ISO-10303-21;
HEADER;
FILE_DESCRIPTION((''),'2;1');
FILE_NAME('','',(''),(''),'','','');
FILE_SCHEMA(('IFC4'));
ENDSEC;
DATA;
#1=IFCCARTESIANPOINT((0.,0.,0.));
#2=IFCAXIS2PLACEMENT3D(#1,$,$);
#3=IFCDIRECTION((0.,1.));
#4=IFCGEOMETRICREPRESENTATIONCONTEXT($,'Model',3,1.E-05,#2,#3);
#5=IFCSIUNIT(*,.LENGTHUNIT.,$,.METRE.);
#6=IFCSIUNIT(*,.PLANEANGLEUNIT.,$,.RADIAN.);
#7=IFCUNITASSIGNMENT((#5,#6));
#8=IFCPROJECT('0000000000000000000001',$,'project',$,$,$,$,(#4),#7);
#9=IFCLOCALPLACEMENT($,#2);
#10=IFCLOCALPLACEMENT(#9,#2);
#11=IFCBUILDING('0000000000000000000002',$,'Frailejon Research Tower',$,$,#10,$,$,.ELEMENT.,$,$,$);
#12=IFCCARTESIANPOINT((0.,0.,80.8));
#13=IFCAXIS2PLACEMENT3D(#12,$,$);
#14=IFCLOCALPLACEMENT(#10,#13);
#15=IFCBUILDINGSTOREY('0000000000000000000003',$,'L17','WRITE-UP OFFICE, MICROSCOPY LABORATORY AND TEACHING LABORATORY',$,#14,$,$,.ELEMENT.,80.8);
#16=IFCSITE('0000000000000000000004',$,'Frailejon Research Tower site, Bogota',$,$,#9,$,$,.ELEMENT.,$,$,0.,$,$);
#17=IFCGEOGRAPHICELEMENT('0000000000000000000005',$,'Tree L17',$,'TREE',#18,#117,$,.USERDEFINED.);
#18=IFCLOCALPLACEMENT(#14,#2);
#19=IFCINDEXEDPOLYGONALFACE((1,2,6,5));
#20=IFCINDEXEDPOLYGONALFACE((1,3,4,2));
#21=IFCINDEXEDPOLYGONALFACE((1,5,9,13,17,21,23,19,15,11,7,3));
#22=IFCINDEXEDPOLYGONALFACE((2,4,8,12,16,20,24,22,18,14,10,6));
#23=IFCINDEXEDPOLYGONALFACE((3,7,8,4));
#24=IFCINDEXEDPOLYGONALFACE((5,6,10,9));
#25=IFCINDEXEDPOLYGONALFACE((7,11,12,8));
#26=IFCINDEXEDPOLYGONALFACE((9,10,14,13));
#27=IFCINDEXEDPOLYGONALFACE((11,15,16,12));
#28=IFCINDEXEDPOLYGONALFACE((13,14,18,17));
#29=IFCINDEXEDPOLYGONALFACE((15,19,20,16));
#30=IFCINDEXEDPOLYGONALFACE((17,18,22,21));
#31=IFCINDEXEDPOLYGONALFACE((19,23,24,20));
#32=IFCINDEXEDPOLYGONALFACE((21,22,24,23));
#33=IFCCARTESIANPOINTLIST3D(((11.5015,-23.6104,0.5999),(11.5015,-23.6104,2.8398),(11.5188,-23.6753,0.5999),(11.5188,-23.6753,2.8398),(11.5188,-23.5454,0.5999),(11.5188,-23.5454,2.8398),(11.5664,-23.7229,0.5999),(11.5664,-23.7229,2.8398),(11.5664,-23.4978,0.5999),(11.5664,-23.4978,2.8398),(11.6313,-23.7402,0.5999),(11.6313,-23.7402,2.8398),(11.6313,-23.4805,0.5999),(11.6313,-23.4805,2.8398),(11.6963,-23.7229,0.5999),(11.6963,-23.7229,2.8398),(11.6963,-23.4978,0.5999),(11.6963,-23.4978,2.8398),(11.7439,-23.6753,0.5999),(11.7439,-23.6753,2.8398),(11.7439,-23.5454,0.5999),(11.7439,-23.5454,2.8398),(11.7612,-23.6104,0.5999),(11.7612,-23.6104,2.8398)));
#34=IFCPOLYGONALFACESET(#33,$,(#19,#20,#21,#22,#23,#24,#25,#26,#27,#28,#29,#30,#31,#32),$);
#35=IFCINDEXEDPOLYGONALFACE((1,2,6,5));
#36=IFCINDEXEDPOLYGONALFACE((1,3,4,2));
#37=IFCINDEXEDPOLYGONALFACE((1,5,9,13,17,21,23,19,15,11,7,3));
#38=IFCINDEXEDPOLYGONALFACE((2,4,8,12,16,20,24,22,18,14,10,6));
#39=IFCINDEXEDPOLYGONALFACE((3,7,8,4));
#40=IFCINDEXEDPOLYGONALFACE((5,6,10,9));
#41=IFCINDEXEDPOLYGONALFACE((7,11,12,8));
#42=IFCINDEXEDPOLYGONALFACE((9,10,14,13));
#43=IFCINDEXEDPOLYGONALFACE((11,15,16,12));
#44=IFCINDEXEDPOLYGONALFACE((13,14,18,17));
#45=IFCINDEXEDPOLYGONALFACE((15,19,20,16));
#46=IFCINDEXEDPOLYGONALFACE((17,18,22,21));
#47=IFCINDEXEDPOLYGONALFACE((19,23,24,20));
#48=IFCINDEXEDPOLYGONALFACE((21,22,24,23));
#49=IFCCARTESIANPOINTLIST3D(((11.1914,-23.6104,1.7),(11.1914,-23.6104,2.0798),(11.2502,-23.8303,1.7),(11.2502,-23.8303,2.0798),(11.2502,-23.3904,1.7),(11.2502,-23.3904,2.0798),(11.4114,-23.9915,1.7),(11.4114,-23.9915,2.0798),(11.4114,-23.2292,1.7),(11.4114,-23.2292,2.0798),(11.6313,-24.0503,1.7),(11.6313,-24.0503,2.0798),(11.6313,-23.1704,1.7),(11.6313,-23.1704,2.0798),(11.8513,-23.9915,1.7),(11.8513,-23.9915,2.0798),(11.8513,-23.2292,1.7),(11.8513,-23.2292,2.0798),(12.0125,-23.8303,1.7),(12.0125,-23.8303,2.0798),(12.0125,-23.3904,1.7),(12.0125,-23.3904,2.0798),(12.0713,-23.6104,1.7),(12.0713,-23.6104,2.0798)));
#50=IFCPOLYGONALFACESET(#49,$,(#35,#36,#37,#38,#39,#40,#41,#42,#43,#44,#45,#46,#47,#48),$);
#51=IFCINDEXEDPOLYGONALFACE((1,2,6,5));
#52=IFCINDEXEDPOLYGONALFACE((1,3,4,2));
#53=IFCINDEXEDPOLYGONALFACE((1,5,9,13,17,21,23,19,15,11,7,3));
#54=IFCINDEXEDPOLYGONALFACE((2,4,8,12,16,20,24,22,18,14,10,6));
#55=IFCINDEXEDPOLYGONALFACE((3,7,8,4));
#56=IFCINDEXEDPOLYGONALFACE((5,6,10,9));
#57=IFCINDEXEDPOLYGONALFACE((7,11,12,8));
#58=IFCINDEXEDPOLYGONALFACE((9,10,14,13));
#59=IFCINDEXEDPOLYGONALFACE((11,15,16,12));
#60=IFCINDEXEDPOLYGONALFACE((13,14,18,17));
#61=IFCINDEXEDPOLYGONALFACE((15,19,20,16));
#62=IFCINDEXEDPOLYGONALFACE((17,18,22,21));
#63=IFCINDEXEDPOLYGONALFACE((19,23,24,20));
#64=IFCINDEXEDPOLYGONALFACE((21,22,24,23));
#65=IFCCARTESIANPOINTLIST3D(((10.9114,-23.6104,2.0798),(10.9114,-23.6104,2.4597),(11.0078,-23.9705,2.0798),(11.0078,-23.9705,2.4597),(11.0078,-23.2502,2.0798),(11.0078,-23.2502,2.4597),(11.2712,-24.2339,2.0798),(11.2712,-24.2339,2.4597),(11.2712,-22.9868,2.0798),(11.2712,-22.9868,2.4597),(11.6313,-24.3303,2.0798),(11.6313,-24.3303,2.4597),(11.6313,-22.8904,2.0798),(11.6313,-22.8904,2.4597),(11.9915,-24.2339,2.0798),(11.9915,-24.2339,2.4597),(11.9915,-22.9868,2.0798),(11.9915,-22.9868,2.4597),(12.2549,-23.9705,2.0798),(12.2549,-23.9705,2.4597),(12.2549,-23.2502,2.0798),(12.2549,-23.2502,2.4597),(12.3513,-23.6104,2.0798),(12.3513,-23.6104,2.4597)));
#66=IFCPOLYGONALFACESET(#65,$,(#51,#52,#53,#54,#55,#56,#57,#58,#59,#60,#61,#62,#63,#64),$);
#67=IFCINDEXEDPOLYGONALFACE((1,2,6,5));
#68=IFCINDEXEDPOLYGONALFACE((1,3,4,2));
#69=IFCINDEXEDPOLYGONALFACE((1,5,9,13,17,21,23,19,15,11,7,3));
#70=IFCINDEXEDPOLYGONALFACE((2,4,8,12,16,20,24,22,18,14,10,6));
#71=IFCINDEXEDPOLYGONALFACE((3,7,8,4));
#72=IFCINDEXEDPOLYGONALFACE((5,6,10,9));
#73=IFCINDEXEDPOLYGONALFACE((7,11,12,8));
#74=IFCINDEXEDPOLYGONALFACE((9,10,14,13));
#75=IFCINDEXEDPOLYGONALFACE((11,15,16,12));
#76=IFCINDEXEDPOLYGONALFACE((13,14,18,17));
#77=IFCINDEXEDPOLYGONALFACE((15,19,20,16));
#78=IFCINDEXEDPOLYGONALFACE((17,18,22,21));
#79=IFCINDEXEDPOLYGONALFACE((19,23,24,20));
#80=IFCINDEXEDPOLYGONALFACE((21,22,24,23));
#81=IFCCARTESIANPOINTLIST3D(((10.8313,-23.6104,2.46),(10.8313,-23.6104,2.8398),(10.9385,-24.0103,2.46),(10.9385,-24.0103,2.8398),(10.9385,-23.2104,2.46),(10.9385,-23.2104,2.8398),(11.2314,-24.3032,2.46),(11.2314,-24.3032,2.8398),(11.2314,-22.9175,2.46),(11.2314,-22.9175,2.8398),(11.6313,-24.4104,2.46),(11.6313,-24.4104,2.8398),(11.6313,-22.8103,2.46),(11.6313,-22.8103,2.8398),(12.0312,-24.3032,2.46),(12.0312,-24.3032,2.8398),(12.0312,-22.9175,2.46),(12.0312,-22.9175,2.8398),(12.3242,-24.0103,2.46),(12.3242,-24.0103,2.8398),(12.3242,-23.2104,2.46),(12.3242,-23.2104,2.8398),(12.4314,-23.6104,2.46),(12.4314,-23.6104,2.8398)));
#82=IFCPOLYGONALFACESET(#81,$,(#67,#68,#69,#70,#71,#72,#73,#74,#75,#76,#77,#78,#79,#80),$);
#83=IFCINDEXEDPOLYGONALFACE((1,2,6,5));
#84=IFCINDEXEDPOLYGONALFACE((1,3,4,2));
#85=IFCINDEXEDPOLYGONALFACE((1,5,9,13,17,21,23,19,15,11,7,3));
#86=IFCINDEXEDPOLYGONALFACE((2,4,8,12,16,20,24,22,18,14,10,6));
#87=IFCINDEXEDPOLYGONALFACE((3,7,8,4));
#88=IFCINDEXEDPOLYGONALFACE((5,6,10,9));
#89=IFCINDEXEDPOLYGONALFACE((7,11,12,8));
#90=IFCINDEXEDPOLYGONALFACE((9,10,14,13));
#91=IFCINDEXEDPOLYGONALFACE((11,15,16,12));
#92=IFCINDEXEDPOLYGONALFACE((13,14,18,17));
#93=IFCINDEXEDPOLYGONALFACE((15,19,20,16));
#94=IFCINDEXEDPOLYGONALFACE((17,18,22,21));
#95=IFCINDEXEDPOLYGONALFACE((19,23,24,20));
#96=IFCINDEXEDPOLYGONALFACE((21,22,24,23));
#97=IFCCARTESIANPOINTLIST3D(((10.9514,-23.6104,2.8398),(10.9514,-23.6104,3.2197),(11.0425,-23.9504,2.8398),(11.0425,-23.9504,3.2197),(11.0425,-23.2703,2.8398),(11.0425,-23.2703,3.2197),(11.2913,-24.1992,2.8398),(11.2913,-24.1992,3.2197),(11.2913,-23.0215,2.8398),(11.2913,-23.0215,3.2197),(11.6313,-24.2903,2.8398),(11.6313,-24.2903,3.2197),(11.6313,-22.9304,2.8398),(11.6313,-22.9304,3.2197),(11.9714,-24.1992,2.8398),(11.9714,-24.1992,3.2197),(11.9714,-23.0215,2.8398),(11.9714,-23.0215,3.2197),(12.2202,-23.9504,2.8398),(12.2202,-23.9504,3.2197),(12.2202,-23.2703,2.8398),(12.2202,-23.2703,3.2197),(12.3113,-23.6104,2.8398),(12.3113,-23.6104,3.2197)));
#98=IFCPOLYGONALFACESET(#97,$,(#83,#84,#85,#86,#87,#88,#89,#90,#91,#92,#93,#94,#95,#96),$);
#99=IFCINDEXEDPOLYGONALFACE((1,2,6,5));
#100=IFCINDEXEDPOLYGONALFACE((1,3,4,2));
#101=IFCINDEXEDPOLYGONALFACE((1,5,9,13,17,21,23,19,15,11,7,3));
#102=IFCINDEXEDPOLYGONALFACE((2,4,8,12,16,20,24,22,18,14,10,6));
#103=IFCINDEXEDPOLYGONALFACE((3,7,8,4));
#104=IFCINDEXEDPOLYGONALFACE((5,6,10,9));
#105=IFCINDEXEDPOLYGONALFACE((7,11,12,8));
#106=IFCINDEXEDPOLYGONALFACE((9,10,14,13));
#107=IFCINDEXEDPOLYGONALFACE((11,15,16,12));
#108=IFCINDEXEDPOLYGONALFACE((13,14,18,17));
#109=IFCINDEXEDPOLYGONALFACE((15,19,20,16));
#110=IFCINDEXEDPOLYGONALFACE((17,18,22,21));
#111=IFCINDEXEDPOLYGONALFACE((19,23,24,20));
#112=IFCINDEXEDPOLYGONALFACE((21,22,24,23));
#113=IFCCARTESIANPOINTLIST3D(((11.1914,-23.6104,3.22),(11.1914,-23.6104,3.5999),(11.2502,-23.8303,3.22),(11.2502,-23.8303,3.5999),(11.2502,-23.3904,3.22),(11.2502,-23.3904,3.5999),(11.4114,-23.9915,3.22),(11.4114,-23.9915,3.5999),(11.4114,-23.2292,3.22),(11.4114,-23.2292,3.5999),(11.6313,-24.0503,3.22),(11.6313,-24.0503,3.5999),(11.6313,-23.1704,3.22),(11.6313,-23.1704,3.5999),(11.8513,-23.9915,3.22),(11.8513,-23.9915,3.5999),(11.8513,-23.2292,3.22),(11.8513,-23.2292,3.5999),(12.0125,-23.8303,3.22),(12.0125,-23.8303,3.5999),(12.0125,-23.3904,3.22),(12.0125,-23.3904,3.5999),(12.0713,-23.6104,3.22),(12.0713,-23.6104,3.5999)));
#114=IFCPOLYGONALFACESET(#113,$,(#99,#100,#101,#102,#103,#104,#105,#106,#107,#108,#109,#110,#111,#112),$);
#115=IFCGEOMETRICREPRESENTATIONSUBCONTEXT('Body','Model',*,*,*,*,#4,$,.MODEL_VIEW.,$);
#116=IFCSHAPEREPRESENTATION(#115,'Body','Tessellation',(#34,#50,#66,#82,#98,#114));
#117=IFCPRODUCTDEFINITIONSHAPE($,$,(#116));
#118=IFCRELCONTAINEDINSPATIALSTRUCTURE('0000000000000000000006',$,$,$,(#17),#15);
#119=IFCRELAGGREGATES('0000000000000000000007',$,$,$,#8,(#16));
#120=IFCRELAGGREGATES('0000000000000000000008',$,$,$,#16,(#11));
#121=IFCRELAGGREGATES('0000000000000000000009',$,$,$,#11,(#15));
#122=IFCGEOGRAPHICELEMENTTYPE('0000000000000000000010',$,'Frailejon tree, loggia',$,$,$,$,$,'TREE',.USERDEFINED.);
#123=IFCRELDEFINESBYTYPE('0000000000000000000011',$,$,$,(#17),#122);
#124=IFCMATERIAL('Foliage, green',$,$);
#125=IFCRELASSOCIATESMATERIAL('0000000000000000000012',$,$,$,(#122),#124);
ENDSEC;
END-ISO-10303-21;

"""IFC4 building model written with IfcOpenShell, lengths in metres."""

from ifc_helpers import new_model, si_unit, direction, frame, origin, place, context, subcontext, project, spatial, polyline, outline, extrude, material, type_object, element, save


model = new_model("IFC4")

# Units and contexts
model_context = context("Model", 3, precision=1e-05, world=origin(), true_north=direction((0.0, 1.0)))
body_context = subcontext(model_context, "Body", "Model", "MODEL_VIEW")
ifc_project = project(units=[si_unit("LENGTHUNIT", "METRE"), si_unit("PLANEANGLEUNIT", "RADIAN")], contexts=[model_context])

# Site, building, storey
site_placement = place(None, origin())
site = spatial("IfcSite", under=ifc_project, at=site_placement, Name="Frailejon Research Tower site, Bogota", CompositionType="ELEMENT", RefElevation=0.0)
building_placement = place(site_placement, origin())
building = spatial("IfcBuilding", under=site, at=building_placement, Name="Frailejon Research Tower", CompositionType="ELEMENT")
storey_placement = place(building_placement, frame((0.0, 0.0, 80.8)))
storey = spatial("IfcBuildingStorey", under=building, at=storey_placement, Name="L17", Description="WRITE-UP OFFICE, MICROSCOPY LABORATORY AND TEACHING LABORATORY", CompositionType="ELEMENT", Elevation=80.8)

# Geographic element
ifc_material_1 = material(Name="Foliage, green")
geographic_element_type = type_object("IfcGeographicElementType", Name="Frailejon tree, loggia", ElementType="TREE", PredefinedType="USERDEFINED", material=ifc_material_1)
geographic_element_placement = place(storey_placement, frame((11.6313, -23.6104, 0.5999)))
element("IfcGeographicElement", 1, at=geographic_element_placement, inside=storey, type_object=geographic_element_type, Name="Tree L17", ObjectType="TREE", PredefinedType="USERDEFINED", context=body_context, shape_type="SweptSolid", body=[
    extrude(outline(polyline([(0.1299, 0.0), (0.1125, 0.0649), (0.0649, 0.1125), (0.0, 0.1299), (-0.0649, 0.1125), (-0.1125, 0.0649), (-0.1299, 0.0), (-0.1125, -0.0649), (-0.0649, -0.1125), (0.0, -0.1299), (0.0649, -0.1125), (0.1125, -0.0649), (0.1299, 0.0)])), origin(), (0.0, 0.0, 1.0), 2.24),
    extrude(outline(polyline([(0.4399, 0.0), (0.3811, 0.22), (0.22, 0.3811), (0.0, 0.4399), (-0.22, 0.3811), (-0.3811, 0.22), (-0.4399, 0.0), (-0.3811, -0.22), (-0.22, -0.3811), (0.0, -0.4399), (0.22, -0.3811), (0.3811, -0.22), (0.4399, 0.0)])), frame((0.0, 0.0, 1.1001)), (0.0, 0.0, 1.0), 0.3799),
    extrude(outline(polyline([(0.72, 0.0), (0.6235, 0.3601), (0.3601, 0.6235), (0.0, 0.72), (-0.3601, 0.6235), (-0.6235, 0.3601), (-0.72, 0.0), (-0.6235, -0.3601), (-0.3601, -0.6235), (0.0, -0.72), (0.3601, -0.6235), (0.6235, -0.3601), (0.72, 0.0)])), frame((0.0, 0.0, 1.48)), (0.0, 0.0, 1.0), 0.3799),
    extrude(outline(polyline([(0.8, 0.0), (0.6929, 0.3999), (0.3999, 0.6929), (0.0, 0.8), (-0.3999, 0.6929), (-0.6929, 0.3999), (-0.8, 0.0), (-0.6929, -0.3999), (-0.3999, -0.6929), (0.0, -0.8), (0.3999, -0.6929), (0.6929, -0.3999), (0.8, 0.0)])), frame((0.0, 0.0, 1.8601)), (0.0, 0.0, 1.0), 0.3799),
    extrude(outline(polyline([(0.6799, 0.0), (0.5889, 0.3401), (0.3401, 0.5889), (0.0, 0.6799), (-0.3401, 0.5889), (-0.5889, 0.3401), (-0.6799, 0.0), (-0.5889, -0.3401), (-0.3401, -0.5889), (0.0, -0.6799), (0.3401, -0.5889), (0.5889, -0.3401), (0.6799, 0.0)])), frame((0.0, 0.0, 2.24)), (0.0, 0.0, 1.0), 0.3799),
    extrude(outline(polyline([(0.4399, 0.0), (0.3811, 0.22), (0.22, 0.3811), (0.0, 0.4399), (-0.22, 0.3811), (-0.3811, 0.22), (-0.4399, 0.0), (-0.3811, -0.22), (-0.22, -0.3811), (0.0, -0.4399), (0.22, -0.3811), (0.3811, -0.22), (0.4399, 0.0)])), frame((0.0, 0.0, 2.6201)), (0.0, 0.0, 1.0), 0.3799),
])

save(model, "model.ifc")
